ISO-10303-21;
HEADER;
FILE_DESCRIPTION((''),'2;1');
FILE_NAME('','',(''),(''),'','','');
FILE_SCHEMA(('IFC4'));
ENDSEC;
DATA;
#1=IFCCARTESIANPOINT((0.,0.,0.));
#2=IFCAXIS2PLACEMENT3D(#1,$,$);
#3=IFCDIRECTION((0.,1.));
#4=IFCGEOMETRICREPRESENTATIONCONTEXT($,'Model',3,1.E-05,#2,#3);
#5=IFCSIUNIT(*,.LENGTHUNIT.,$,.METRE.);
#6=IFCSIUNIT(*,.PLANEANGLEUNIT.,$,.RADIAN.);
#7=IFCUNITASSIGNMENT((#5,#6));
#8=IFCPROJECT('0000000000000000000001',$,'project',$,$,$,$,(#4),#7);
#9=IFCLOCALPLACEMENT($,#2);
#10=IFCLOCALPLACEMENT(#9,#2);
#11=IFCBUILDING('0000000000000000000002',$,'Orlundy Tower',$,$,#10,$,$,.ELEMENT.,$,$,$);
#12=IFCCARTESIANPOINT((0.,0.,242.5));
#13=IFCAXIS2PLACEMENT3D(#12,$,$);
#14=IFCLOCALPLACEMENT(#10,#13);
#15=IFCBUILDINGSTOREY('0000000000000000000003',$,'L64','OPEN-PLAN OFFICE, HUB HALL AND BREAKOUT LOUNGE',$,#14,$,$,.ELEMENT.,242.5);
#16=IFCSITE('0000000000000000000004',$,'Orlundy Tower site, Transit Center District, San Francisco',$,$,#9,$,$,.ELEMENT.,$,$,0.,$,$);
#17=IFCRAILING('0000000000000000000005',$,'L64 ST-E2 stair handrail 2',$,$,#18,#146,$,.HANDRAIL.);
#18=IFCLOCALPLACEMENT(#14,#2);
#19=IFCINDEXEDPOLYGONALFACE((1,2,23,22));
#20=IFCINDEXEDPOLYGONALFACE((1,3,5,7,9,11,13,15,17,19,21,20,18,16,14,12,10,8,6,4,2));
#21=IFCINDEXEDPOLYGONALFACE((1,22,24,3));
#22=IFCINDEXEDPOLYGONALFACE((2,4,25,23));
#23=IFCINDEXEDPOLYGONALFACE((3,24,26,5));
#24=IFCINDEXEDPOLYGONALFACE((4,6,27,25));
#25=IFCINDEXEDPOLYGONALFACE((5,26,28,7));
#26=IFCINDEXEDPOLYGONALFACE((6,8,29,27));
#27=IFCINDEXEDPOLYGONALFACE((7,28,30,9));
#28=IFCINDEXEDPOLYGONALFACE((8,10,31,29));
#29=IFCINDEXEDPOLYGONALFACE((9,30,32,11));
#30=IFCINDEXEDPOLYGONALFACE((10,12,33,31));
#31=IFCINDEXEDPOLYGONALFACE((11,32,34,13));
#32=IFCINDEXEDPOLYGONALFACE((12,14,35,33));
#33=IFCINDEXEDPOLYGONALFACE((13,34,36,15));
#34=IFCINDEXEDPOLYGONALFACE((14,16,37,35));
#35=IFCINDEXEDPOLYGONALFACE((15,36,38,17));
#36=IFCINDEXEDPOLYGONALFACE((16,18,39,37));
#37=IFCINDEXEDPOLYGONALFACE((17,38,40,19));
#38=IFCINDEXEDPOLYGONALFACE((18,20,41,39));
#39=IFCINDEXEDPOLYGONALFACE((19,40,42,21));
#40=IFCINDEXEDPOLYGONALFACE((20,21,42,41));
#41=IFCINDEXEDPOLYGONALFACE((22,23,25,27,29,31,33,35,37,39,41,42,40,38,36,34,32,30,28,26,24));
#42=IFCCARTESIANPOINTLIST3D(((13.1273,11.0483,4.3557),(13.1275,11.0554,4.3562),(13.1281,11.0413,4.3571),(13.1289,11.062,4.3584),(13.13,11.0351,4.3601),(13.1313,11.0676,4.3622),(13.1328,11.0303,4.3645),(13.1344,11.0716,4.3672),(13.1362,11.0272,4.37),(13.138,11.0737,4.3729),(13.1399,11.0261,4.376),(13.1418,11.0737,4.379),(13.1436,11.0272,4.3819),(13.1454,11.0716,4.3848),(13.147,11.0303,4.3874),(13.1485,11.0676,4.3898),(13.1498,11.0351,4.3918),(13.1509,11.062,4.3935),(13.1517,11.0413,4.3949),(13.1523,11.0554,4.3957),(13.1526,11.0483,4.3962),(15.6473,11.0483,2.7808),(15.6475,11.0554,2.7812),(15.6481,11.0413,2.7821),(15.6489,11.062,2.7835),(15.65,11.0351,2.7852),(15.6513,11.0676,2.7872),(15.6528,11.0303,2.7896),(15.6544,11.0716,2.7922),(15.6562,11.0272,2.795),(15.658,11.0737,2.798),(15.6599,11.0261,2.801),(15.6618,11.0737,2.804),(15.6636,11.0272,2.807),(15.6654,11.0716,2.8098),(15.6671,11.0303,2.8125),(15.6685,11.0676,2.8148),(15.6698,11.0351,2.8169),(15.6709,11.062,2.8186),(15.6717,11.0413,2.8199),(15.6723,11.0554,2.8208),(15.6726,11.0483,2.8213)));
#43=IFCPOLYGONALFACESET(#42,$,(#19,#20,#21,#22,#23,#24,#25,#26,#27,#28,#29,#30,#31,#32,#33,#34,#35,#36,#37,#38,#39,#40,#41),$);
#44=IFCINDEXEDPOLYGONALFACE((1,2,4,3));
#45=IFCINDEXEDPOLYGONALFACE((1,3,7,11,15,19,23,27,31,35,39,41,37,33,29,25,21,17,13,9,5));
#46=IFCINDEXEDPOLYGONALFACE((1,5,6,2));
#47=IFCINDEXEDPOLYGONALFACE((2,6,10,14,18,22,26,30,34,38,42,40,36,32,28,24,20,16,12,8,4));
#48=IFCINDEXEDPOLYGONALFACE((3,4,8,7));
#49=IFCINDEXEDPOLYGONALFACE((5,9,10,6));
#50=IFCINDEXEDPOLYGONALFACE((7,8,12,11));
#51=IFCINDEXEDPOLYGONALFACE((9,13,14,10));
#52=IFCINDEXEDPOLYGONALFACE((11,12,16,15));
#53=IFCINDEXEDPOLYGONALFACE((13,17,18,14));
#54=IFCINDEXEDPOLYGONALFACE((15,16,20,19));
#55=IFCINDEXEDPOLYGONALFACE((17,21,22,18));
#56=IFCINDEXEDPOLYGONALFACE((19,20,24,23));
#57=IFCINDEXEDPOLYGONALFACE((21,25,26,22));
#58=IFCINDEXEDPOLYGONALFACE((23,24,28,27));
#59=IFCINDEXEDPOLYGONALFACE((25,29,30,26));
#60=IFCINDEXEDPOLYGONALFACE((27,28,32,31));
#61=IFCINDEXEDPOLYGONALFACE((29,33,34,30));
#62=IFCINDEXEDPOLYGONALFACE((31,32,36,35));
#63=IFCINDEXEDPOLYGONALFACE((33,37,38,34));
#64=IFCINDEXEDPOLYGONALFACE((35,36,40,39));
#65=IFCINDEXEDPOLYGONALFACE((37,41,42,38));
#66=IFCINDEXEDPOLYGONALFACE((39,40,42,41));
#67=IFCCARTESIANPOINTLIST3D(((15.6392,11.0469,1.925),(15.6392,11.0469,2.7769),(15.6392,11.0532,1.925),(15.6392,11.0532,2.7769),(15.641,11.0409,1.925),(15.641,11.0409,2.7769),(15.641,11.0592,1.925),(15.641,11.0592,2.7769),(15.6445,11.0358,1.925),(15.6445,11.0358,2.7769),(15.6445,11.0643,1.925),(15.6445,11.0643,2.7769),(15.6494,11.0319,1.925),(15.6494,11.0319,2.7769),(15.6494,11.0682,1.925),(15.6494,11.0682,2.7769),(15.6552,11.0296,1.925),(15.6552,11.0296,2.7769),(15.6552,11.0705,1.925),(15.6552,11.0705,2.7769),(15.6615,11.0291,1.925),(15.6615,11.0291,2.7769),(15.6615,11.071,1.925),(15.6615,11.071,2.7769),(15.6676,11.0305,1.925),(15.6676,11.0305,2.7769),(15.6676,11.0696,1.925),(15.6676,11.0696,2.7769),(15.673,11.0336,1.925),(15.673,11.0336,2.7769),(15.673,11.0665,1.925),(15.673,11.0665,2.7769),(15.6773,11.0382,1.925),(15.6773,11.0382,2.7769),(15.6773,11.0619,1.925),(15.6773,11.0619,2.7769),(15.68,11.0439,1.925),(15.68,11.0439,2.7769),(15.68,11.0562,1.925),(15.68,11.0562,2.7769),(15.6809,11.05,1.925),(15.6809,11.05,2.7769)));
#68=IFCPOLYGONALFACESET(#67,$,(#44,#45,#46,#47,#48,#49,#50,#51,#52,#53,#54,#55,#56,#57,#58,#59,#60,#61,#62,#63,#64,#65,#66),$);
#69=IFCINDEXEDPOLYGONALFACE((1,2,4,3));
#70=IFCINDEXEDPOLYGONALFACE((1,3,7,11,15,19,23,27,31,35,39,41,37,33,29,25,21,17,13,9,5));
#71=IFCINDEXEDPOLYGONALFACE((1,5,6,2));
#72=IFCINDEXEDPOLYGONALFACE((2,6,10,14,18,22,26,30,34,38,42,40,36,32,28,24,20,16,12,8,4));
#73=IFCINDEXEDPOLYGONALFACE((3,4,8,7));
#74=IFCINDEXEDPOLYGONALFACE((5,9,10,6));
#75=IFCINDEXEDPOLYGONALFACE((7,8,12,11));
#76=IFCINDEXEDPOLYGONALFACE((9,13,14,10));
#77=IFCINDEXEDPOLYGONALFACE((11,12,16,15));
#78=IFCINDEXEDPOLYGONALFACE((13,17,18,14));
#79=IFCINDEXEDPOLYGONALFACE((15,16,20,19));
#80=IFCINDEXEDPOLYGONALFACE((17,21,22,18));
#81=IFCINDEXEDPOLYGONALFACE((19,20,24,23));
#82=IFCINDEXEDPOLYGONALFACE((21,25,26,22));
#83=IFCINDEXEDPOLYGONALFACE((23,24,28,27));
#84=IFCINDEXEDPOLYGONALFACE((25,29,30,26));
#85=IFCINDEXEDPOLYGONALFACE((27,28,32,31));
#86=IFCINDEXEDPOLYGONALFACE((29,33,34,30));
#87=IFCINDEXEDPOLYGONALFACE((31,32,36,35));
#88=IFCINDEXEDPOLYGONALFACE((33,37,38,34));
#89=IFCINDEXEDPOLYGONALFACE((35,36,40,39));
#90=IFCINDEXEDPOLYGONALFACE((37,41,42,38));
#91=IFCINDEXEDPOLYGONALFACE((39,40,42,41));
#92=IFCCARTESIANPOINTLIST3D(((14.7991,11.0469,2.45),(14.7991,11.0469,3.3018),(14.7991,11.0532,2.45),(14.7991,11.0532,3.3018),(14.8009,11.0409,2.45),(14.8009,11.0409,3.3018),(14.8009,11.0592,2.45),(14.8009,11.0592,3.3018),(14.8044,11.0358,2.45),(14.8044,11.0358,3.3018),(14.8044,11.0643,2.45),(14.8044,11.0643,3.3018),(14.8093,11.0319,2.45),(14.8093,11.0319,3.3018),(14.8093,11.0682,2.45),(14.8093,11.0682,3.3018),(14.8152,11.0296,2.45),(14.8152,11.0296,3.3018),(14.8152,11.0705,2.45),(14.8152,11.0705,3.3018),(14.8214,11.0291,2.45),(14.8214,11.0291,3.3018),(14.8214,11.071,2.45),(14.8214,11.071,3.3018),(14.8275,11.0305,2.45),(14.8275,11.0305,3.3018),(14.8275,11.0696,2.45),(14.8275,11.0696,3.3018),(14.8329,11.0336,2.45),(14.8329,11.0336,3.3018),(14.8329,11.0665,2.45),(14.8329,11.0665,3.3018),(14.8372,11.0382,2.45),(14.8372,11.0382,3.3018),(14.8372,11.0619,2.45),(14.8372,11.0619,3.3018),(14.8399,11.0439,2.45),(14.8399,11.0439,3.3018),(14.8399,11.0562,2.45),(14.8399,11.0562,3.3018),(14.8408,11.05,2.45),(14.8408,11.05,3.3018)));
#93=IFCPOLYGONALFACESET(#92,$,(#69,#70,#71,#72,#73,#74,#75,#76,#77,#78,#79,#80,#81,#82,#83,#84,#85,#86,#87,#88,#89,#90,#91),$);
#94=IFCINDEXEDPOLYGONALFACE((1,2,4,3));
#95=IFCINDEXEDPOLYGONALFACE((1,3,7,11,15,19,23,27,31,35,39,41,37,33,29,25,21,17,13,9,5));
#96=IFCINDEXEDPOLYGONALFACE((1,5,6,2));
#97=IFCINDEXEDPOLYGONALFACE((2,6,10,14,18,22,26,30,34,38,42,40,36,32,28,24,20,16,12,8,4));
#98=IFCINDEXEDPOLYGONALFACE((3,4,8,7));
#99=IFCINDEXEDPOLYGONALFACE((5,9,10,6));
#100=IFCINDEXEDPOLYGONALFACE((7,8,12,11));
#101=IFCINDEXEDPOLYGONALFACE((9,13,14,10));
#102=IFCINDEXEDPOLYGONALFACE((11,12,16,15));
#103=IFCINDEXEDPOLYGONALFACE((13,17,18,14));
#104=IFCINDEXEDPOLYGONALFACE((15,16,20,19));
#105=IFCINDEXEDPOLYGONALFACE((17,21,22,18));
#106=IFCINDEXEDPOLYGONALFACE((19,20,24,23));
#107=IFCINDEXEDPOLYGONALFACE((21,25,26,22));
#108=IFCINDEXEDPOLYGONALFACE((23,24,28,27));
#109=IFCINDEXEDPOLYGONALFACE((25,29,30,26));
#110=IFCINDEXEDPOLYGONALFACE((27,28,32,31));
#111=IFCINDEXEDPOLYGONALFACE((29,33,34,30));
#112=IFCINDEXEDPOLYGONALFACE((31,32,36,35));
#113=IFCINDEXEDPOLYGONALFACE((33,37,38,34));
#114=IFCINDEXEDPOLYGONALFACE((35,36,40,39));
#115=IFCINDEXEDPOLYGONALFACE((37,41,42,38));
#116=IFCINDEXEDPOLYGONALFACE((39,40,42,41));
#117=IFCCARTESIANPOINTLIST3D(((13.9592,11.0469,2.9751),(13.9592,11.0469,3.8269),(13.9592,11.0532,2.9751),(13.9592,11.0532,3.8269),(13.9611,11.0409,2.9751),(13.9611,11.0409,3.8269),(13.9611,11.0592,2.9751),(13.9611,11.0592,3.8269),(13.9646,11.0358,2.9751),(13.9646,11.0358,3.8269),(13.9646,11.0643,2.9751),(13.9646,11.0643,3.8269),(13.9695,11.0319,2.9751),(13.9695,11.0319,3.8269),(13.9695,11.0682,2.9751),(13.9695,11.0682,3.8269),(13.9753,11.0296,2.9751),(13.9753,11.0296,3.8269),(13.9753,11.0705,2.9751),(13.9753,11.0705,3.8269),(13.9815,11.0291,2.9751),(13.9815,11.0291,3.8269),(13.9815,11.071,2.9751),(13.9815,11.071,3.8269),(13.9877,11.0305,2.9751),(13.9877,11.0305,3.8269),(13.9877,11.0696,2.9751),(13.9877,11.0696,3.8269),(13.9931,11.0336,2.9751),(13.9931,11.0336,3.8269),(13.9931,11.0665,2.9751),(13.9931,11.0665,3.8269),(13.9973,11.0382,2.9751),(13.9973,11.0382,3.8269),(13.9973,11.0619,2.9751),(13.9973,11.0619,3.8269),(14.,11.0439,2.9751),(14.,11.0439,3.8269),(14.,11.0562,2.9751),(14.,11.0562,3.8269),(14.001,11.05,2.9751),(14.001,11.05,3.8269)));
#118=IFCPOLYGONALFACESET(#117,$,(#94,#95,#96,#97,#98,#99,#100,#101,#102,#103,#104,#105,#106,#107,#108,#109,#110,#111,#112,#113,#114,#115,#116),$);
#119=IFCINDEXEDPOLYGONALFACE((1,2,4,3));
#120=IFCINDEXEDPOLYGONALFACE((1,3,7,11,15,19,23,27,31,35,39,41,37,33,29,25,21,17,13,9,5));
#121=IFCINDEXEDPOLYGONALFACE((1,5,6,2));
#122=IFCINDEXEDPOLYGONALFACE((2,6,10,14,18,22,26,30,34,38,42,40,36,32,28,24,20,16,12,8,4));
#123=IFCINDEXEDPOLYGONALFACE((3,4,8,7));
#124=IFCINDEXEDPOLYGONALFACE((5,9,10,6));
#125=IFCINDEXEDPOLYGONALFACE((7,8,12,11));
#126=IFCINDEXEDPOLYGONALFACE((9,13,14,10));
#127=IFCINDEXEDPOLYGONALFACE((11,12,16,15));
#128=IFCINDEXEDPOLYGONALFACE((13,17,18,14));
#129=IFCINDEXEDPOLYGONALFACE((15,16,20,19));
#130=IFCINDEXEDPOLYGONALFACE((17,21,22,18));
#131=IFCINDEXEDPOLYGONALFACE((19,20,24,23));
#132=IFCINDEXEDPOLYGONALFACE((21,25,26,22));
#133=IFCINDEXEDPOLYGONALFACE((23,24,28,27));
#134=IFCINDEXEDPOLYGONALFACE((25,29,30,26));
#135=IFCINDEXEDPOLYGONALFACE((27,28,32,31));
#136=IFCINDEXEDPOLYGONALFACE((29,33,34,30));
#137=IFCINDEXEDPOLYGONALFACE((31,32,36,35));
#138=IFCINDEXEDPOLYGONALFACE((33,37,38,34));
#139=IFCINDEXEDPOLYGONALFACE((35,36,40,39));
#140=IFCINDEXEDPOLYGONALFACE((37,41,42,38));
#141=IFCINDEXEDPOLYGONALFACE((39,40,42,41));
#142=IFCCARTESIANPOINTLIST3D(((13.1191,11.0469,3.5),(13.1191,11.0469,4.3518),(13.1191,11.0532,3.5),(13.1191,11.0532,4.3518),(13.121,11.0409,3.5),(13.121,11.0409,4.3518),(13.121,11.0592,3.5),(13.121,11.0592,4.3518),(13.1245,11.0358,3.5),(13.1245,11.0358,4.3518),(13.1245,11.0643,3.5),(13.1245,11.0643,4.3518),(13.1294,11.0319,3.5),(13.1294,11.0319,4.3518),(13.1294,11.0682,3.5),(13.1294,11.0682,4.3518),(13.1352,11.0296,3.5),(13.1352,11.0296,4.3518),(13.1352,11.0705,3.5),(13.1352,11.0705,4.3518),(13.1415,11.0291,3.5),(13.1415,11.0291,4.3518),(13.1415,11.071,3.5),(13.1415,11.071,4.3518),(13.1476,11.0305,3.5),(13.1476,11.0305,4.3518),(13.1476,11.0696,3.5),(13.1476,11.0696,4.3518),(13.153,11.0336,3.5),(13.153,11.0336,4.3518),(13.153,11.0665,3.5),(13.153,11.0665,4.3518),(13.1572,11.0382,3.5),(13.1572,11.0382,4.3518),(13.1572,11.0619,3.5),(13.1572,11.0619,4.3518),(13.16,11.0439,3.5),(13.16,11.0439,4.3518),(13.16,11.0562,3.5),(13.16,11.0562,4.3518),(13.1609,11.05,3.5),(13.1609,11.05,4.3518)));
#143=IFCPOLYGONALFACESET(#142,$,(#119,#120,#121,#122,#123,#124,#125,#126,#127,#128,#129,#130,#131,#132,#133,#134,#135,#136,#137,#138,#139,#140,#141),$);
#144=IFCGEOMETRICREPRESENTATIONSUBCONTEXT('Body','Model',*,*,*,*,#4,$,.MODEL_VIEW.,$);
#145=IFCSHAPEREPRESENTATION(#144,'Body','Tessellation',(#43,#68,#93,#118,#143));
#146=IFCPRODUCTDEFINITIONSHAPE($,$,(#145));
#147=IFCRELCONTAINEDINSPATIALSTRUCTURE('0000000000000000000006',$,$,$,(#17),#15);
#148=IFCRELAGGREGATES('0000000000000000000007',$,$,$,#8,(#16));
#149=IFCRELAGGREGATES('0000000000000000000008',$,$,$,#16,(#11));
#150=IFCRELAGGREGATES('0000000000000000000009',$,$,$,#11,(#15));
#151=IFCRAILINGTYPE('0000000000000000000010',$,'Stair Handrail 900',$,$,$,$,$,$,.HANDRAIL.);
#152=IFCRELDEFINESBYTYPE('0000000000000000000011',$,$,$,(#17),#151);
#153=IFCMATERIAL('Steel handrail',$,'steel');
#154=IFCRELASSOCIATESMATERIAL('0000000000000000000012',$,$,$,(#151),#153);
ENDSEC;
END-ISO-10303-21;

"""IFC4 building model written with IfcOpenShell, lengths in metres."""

from ifc_helpers import new_model, si_unit, direction, frame, origin, origin_2d, place, context, subcontext, project, spatial, circle, extrude, material, type_object, element, save


model = new_model("IFC4")

# Units and contexts
model_context = context("Model", 3, precision=1e-05, world=origin(), true_north=direction((0.0, 1.0)))
body_context = subcontext(model_context, "Body", "Model", "MODEL_VIEW")
ifc_project = project(units=[si_unit("LENGTHUNIT", "METRE"), si_unit("PLANEANGLEUNIT", "RADIAN")], contexts=[model_context])

# Site, building, storey
site_placement = place(None, origin())
site = spatial("IfcSite", under=ifc_project, at=site_placement, Name="Orlundy Tower site, Transit Center District, San Francisco", CompositionType="ELEMENT", RefElevation=0.0)
building_placement = place(site_placement, origin())
building = spatial("IfcBuilding", under=site, at=building_placement, Name="Orlundy Tower", CompositionType="ELEMENT")
storey_placement = place(building_placement, frame((0.0, 0.0, 242.5)))
storey = spatial("IfcBuildingStorey", under=building, at=storey_placement, Name="L64", Description="OPEN-PLAN OFFICE, HUB HALL AND BREAKOUT LOUNGE", CompositionType="ELEMENT", Elevation=242.5)

# Railing
ifc_material_1 = material(Name="Steel handrail", Category="steel")
railing_type_1 = type_object("IfcRailingType", Name="Stair Handrail 900", PredefinedType="HANDRAIL", material=ifc_material_1)
railing_1_placement = place(storey_placement, frame((15.6599, 11.05, 1.925)))
element("IfcRailing", 1, at=railing_1_placement, inside=storey, type_object=railing_type_1, Name="L64 ST-E2 stair handrail 2", PredefinedType="HANDRAIL", context=body_context, shape_type="SweptSolid", body=[
    extrude(circle(Radius=0.0239, at=origin_2d()), frame((0.0, 0.0, 0.876), z_axis=(-0.848008, 0.0, 0.529984), x_axis=(0.0, -1.0, 0.0)), (0.0, 0.0, 1.0), 2.9717),
    extrude(circle(Radius=0.021, at=origin_2d()), origin(), (0.0, 0.0, 1.0), 0.8518),
    extrude(circle(Radius=0.021, at=origin_2d()), frame((-0.8401, 0.0, 0.5249)), (0.0, 0.0, 1.0), 0.8518),
    extrude(circle(Radius=0.021, at=origin_2d()), frame((-1.6799, 0.0, 1.05)), (0.0, 0.0, 1.0), 0.8518),
    extrude(circle(Radius=0.021, at=origin_2d()), frame((-2.52, 0.0, 1.575)), (0.0, 0.0, 1.0), 0.8518),
])

save(model, "model.ifc")
